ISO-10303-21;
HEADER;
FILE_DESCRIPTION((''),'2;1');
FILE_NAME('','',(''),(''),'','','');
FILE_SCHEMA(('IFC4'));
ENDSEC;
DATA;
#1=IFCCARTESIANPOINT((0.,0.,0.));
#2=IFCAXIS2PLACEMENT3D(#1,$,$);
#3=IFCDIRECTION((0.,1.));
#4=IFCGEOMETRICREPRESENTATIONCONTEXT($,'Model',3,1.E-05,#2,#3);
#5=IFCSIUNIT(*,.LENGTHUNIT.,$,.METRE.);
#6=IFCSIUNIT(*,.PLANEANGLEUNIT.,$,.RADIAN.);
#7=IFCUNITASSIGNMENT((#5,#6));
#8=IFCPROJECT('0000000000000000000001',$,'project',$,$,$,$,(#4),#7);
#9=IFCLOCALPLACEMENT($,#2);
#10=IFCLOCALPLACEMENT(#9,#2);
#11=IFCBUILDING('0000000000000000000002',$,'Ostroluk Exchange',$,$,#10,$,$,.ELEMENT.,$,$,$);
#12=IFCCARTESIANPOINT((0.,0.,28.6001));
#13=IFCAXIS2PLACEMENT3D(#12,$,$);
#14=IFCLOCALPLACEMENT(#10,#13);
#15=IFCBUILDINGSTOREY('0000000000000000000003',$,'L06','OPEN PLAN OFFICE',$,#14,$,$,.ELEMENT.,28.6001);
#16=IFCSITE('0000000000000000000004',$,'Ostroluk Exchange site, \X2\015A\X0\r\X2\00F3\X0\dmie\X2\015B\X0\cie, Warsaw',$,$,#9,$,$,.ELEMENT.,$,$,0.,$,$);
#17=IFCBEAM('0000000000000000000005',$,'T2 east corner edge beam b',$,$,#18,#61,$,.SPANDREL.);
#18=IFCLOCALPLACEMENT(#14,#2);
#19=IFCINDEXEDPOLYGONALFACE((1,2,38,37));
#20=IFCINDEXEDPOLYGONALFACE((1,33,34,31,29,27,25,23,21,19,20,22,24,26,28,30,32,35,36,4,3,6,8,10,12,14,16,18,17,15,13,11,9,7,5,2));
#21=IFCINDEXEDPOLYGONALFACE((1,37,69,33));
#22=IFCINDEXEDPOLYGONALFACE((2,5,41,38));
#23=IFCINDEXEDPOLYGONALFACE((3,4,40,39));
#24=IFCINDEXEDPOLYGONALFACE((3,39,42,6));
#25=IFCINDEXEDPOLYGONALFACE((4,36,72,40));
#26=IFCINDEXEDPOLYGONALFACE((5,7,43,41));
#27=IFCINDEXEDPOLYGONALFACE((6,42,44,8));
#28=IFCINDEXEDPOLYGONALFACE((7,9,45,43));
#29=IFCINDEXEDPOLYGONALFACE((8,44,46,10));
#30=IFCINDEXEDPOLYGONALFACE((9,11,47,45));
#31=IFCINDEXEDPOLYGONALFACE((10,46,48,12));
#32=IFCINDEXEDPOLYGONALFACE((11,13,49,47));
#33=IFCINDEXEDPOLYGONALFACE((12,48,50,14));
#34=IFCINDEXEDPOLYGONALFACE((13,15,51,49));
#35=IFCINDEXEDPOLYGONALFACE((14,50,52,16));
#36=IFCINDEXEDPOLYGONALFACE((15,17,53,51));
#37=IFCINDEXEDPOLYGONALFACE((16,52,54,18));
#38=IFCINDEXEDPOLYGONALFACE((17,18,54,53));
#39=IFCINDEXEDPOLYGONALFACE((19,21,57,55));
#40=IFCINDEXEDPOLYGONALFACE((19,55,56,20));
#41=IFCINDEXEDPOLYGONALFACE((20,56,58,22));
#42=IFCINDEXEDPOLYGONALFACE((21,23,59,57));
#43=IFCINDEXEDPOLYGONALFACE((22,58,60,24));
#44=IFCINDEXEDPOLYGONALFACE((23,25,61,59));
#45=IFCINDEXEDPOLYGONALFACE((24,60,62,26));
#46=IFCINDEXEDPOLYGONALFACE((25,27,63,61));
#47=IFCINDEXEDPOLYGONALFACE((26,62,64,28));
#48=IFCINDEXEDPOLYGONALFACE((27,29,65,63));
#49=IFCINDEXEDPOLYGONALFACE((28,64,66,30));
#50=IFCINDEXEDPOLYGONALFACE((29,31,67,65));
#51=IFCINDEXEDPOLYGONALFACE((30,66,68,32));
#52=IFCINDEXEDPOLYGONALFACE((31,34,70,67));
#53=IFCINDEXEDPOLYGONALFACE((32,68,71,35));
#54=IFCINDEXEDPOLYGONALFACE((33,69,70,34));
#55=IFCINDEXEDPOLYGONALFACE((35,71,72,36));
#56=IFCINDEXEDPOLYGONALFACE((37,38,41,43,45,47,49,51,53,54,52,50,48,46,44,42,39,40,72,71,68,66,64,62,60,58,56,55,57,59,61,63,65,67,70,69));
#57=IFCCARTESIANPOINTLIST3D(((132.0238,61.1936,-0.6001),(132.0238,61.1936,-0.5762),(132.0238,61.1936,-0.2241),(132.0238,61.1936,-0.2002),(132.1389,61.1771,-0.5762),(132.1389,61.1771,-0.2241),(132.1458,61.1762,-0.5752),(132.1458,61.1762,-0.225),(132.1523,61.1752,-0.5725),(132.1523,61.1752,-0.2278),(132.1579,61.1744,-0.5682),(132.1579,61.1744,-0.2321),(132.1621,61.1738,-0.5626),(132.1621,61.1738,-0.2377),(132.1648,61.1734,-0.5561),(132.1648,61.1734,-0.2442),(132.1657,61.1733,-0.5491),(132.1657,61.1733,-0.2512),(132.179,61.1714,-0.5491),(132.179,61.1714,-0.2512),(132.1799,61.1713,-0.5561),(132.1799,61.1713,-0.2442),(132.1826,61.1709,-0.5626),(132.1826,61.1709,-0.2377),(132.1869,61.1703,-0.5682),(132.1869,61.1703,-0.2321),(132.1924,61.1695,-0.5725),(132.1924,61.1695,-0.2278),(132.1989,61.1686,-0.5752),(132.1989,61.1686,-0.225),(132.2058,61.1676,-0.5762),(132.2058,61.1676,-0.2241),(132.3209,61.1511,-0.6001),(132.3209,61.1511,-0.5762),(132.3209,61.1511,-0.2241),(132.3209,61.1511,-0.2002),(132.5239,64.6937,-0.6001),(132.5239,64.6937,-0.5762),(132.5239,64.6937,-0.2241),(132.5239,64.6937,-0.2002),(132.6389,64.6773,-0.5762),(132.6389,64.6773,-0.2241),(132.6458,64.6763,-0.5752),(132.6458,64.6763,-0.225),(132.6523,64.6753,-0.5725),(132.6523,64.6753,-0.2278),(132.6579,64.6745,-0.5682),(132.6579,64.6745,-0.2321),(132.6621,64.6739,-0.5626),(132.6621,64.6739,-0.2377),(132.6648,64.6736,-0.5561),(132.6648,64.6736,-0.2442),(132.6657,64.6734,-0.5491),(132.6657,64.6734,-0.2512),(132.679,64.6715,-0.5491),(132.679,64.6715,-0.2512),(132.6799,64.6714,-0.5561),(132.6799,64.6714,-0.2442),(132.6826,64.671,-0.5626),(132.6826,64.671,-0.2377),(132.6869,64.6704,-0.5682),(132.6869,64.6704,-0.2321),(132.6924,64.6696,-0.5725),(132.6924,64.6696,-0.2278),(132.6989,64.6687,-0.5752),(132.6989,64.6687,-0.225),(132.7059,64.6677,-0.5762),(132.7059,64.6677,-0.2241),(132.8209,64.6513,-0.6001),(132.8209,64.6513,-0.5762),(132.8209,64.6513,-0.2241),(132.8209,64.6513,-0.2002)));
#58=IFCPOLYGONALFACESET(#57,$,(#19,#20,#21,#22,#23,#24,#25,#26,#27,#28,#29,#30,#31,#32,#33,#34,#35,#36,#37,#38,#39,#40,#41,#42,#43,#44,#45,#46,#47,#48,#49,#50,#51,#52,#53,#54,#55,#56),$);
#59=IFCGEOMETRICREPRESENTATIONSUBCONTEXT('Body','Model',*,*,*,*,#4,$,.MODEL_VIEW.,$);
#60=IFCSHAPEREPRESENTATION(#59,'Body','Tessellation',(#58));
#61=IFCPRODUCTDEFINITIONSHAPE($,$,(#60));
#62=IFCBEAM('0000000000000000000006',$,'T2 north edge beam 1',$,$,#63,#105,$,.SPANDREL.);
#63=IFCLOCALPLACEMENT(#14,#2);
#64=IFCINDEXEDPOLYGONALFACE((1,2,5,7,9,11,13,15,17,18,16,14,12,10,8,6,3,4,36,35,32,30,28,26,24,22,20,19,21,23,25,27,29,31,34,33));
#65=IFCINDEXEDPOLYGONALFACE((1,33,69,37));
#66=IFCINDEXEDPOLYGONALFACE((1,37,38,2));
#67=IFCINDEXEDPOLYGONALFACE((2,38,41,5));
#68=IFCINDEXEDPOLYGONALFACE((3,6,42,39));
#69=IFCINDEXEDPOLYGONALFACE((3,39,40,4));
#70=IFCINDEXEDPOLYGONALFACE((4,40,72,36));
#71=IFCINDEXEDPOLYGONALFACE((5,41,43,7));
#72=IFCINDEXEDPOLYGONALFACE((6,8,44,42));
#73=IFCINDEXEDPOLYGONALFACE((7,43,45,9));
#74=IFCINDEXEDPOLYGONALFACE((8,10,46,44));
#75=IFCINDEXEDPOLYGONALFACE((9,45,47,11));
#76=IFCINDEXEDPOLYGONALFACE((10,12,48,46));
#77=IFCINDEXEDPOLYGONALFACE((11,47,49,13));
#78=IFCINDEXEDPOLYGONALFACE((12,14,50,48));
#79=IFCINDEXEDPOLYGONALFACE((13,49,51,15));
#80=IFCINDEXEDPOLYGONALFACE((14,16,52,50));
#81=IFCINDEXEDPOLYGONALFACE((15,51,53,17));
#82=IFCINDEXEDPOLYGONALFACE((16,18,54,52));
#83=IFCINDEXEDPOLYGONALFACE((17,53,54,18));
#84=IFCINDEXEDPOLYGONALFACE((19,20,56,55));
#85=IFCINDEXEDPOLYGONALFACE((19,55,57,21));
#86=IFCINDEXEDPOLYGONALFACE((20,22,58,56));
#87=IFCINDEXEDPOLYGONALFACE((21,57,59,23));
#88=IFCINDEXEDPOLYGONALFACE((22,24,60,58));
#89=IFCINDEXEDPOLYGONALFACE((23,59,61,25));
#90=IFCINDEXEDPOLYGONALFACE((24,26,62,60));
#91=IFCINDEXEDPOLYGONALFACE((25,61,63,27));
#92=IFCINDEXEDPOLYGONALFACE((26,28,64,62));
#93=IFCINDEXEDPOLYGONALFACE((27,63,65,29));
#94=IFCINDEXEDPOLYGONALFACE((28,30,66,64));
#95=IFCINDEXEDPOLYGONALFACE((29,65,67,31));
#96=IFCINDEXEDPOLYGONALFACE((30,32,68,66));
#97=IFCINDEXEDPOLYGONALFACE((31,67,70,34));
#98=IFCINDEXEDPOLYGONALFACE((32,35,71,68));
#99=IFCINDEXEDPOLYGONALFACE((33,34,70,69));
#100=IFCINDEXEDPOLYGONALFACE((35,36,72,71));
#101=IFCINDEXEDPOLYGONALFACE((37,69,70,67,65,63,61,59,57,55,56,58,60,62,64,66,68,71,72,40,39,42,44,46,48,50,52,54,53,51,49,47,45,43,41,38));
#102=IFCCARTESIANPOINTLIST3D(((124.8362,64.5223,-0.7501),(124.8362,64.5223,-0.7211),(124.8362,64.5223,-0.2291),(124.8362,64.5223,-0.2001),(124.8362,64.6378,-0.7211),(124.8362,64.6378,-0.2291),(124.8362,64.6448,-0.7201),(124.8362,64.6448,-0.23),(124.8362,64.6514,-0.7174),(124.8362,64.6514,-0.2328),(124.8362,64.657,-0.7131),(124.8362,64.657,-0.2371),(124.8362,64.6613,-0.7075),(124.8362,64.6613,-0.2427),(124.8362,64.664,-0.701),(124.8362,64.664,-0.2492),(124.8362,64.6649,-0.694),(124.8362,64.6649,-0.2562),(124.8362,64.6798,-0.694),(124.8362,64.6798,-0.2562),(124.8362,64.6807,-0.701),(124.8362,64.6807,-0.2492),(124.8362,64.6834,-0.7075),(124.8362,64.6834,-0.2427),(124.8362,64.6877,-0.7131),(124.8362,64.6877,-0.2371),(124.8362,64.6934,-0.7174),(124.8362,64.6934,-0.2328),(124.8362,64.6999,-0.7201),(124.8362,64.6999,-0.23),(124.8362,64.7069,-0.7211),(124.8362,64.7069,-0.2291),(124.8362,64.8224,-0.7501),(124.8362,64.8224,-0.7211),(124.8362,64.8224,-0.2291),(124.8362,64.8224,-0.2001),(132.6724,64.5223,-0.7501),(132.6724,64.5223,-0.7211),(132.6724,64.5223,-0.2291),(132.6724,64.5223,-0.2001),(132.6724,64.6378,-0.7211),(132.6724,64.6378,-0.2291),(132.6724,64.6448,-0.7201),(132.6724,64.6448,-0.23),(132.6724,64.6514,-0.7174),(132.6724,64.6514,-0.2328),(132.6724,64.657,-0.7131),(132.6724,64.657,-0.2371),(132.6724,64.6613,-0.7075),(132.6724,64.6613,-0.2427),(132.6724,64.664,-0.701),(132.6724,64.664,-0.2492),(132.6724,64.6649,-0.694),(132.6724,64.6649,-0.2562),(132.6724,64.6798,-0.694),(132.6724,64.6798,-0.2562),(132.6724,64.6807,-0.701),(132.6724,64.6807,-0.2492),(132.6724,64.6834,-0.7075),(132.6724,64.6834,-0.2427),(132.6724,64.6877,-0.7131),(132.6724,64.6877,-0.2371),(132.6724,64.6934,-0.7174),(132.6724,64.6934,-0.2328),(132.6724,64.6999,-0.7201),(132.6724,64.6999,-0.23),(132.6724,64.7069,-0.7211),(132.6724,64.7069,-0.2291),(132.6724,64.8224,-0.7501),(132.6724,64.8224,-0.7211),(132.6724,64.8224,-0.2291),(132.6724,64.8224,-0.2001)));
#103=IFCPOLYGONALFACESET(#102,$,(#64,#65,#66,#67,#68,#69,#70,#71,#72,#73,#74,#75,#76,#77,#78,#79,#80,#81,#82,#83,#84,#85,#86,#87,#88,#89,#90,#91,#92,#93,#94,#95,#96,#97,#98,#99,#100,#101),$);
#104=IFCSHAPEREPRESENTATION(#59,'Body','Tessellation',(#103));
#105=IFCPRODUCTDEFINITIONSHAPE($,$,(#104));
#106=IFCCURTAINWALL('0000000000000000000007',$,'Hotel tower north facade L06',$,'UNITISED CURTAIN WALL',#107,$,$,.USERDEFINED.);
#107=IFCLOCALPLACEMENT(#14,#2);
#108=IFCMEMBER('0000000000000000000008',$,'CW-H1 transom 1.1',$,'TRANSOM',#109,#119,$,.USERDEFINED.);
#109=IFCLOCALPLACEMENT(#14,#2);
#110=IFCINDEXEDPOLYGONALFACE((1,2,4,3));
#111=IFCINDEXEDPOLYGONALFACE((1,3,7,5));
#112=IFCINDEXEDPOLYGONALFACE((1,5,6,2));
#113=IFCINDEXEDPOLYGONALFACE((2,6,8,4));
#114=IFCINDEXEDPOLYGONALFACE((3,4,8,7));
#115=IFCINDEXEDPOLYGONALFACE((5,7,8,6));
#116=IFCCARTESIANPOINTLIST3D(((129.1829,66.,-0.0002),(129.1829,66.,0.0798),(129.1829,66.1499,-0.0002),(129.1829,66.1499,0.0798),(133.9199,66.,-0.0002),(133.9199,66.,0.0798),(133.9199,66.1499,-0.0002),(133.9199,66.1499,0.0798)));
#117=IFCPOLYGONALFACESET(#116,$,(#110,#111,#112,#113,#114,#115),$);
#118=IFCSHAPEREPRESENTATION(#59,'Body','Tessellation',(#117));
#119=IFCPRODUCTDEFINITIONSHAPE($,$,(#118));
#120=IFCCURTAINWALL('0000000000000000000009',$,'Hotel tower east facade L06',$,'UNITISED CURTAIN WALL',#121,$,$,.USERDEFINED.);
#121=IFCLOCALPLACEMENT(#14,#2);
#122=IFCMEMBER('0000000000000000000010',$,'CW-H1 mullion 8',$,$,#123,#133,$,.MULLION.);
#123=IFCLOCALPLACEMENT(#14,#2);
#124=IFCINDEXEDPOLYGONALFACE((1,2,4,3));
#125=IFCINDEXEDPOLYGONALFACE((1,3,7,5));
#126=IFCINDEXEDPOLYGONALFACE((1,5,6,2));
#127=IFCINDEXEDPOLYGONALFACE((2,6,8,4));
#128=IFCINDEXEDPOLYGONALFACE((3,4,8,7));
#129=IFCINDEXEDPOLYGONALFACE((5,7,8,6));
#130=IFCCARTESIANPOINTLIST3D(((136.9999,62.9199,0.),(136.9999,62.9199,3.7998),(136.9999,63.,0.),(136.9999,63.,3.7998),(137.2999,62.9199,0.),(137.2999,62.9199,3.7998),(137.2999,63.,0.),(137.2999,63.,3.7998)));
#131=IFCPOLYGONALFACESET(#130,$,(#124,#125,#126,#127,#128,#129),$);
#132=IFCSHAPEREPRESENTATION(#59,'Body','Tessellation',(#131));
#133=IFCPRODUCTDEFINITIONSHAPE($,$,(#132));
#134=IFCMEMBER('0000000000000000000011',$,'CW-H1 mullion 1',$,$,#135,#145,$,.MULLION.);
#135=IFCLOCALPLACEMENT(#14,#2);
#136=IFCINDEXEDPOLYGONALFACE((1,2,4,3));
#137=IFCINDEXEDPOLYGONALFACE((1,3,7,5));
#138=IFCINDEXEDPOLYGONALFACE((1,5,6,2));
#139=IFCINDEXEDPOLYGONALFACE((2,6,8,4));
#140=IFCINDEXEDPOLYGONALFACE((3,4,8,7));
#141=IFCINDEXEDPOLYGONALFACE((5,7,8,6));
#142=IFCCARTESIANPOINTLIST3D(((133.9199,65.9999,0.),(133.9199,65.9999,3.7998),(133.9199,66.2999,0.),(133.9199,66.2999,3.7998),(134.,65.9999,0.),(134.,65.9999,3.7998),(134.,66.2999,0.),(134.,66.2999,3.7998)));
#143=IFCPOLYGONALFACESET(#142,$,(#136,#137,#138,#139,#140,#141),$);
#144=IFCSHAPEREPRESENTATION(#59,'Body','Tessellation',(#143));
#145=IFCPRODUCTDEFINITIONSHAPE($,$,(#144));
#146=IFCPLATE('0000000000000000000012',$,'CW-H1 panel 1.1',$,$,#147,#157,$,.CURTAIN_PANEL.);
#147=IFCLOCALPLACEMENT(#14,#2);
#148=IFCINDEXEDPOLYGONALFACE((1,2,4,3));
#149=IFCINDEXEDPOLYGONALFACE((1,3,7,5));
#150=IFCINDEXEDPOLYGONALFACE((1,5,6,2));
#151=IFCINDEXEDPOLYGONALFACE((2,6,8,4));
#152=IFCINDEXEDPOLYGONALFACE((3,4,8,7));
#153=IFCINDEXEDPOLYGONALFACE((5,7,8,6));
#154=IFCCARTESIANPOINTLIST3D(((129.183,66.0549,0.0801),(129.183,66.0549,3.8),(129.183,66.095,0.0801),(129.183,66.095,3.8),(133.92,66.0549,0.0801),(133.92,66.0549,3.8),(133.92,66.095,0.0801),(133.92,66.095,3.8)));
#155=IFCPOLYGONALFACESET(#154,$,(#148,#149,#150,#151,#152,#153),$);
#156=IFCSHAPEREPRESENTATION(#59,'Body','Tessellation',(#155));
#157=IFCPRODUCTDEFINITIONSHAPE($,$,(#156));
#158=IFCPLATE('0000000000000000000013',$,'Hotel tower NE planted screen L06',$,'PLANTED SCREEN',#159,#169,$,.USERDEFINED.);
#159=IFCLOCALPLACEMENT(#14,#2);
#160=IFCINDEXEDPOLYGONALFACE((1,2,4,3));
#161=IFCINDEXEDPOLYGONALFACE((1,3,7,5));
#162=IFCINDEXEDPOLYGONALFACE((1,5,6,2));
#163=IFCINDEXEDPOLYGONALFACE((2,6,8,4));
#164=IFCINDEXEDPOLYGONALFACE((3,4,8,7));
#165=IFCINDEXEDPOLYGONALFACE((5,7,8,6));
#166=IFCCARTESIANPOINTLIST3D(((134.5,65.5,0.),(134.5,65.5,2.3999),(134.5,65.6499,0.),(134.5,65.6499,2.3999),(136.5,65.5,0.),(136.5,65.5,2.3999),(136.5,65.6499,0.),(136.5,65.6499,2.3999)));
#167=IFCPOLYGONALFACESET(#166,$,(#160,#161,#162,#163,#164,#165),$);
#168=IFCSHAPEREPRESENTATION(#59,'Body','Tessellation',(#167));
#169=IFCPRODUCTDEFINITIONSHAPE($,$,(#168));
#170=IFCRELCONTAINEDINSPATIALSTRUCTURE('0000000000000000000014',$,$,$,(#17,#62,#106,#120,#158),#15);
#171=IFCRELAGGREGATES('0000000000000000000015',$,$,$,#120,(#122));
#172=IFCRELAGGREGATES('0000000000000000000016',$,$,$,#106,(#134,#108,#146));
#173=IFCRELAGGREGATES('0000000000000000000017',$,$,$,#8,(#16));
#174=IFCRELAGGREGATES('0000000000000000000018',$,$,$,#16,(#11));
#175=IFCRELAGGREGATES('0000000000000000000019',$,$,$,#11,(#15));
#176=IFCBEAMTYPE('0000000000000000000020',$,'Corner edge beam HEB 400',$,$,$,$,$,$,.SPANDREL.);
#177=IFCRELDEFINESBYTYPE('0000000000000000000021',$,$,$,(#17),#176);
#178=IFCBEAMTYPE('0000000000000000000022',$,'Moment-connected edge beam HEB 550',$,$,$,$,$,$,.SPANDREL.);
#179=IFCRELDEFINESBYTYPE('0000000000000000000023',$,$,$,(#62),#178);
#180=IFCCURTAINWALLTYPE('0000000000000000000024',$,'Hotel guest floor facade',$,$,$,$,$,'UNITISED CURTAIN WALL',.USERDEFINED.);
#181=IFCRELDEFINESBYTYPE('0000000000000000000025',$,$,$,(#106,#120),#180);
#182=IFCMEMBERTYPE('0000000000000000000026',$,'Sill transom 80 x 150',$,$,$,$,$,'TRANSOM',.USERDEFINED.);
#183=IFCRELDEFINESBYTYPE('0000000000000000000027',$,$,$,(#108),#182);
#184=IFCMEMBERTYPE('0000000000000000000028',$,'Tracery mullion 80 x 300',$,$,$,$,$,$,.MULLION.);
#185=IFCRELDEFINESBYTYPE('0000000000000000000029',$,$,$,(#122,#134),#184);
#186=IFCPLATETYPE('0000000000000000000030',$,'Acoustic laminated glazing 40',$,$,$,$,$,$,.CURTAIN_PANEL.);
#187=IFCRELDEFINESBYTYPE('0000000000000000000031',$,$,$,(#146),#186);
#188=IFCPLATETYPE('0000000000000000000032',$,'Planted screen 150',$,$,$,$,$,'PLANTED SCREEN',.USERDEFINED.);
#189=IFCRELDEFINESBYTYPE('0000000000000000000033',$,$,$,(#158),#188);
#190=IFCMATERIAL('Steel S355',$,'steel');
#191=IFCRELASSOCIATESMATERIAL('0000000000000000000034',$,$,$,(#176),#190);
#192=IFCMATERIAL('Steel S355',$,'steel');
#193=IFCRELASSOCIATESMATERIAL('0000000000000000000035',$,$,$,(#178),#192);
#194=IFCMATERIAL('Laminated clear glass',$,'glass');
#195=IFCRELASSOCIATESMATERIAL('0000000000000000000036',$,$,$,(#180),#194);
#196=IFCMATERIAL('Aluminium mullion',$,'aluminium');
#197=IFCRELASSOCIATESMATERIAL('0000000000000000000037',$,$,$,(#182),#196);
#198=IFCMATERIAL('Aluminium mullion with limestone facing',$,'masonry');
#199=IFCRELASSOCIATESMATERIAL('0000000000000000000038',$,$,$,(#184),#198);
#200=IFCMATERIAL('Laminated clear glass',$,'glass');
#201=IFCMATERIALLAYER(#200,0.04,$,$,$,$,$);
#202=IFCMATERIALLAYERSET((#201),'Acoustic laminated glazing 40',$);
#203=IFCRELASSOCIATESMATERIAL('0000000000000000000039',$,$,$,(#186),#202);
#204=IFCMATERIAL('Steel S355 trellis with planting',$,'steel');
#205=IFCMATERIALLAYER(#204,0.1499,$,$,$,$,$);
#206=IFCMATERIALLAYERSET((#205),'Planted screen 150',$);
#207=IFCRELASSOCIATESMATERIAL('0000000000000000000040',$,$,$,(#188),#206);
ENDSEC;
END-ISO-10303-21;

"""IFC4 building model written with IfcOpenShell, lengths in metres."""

from ifc_helpers import new_model, si_unit, direction, frame, origin, origin_2d, place, context, subcontext, project, spatial, rectangle, i_section, extrude, material, layer, layer_set, material_profile, profile_set, type_object, element, aggregate, save


model = new_model("IFC4")

# Units and contexts
model_context = context("Model", 3, precision=1e-05, world=origin(), true_north=direction((0.0, 1.0)))
body_context = subcontext(model_context, "Body", "Model", "MODEL_VIEW")
ifc_project = project(units=[si_unit("LENGTHUNIT", "METRE"), si_unit("PLANEANGLEUNIT", "RADIAN")], contexts=[model_context])

# Site, building, storey
site_placement = place(None, origin())
site = spatial("IfcSite", under=ifc_project, at=site_placement, Name="Ostroluk Exchange site, Śródmieście, Warsaw", CompositionType="ELEMENT", RefElevation=0.0)
building_placement = place(site_placement, origin())
building = spatial("IfcBuilding", under=site, at=building_placement, Name="Ostroluk Exchange", CompositionType="ELEMENT")
storey_placement = place(building_placement, frame((0.0, 0.0, 28.6001)))
storey = spatial("IfcBuildingStorey", under=building, at=storey_placement, Name="L06", Description="OPEN PLAN OFFICE", CompositionType="ELEMENT", Elevation=28.6001)

# Beams
ifc_material_1 = material(Name="Steel S355", Category="steel")
ifc_material_profile_1 = material_profile(ifc_material_1, i_section(OverallWidth=0.3, OverallDepth=0.3999, WebThickness=0.0134, FlangeThickness=0.0239, FilletRadius=0.0271, at=origin_2d()), Name="HEB 400")
ifc_profile_set_1 = profile_set([ifc_material_profile_1], Name="Steel S355")
beam_type_1 = type_object("IfcBeamType", Name="Corner edge beam HEB 400", PredefinedType="SPANDREL", material=ifc_profile_set_1)
for number, where, z_axis, x_axis, name in (
    (1, (132.1724, 61.1724, -0.4001), (0.141421, 0.989949, 0.0), (-0.989949, 0.141421, 0.0), "T2 east corner edge beam b"),
):
    element("IfcBeam", number, at=place(storey_placement, frame(where, z_axis=z_axis, x_axis=x_axis)), inside=storey, type_object=beam_type_1, Name=name, PredefinedType="SPANDREL", context=body_context, shape_type="SweptSolid", body=[
        extrude(i_section(OverallWidth=0.3, OverallDepth=0.3999, WebThickness=0.0134, FlangeThickness=0.0239, FilletRadius=0.0271, at=origin_2d()), origin(), (0.0, 0.0, 1.0), 3.5356),
    ])
ifc_material_2 = material(Name="Steel S355", Category="steel")
ifc_material_profile_2 = material_profile(ifc_material_2, i_section(OverallWidth=0.3, OverallDepth=0.55, WebThickness=0.0149, FlangeThickness=0.0291, FilletRadius=0.0271, at=origin_2d()), Name="HEB 550")
ifc_profile_set_2 = profile_set([ifc_material_profile_2], Name="Steel S355")
beam_type_2 = type_object("IfcBeamType", Name="Moment-connected edge beam HEB 550", PredefinedType="SPANDREL", material=ifc_profile_set_2)
beam_1_placement = place(storey_placement, frame((132.6724, 64.6724, -0.4751), z_axis=(-1.0, 0.0, 0.0), x_axis=(0.0, -1.0, 0.0)))
element("IfcBeam", 2, at=beam_1_placement, inside=storey, type_object=beam_type_2, Name="T2 north edge beam 1", PredefinedType="SPANDREL", context=body_context, shape_type="SweptSolid", body=[
    extrude(i_section(OverallWidth=0.3, OverallDepth=0.55, WebThickness=0.0149, FlangeThickness=0.0291, FilletRadius=0.0271, at=origin_2d()), origin(), (0.0, 0.0, 1.0), 7.8362),
])

# Curtain walls, members
ifc_material_3 = material(Name="Laminated clear glass", Category="glass")
curtain_wall_type = type_object("IfcCurtainWallType", Name="Hotel guest floor facade", ElementType="UNITISED CURTAIN WALL", PredefinedType="USERDEFINED", material=ifc_material_3)
curtain_wall_1_placement = place(storey_placement, origin())
curtain_wall_1 = element("IfcCurtainWall", 3, at=curtain_wall_1_placement, inside=storey, type_object=curtain_wall_type, Name="Hotel tower north facade L06", ObjectType="UNITISED CURTAIN WALL", PredefinedType="USERDEFINED")
ifc_material_4 = material(Name="Aluminium mullion", Category="aluminium")
ifc_material_profile_3 = material_profile(ifc_material_4, rectangle(XDim=0.1499, YDim=0.0801, at=origin_2d()), Name="Sill transom 80 x 150")
ifc_profile_set_3 = profile_set([ifc_material_profile_3], Name="Aluminium mullion")
member_type_1 = type_object("IfcMemberType", Name="Sill transom 80 x 150", ElementType="TRANSOM", PredefinedType="USERDEFINED", material=ifc_profile_set_3)
member_1_placement = place(storey_placement, frame((133.9199, 66.075, 0.0398), z_axis=(-1.0, 0.0, 0.0), x_axis=(0.0, -1.0, 0.0)))
member_1 = element("IfcMember", 4, at=member_1_placement, type_object=member_type_1, Name="CW-H1 transom 1.1", ObjectType="TRANSOM", PredefinedType="USERDEFINED", context=body_context, shape_type="SweptSolid", body=[
    extrude(rectangle(XDim=0.1499, YDim=0.0801, at=origin_2d()), origin(), (0.0, 0.0, 1.0), 4.7371),
])
curtain_wall_2_placement = place(storey_placement, origin())
curtain_wall_2 = element("IfcCurtainWall", 5, at=curtain_wall_2_placement, inside=storey, type_object=curtain_wall_type, Name="Hotel tower east facade L06", ObjectType="UNITISED CURTAIN WALL", PredefinedType="USERDEFINED")
ifc_material_5 = material(Name="Aluminium mullion with limestone facing", Category="masonry")
ifc_material_profile_4 = material_profile(ifc_material_5, rectangle(XDim=0.3, YDim=0.0801, at=origin_2d()), Name="Tracery mullion 80 x 300")
ifc_profile_set_4 = profile_set([ifc_material_profile_4], Name="Aluminium mullion with limestone facing")
member_type_2 = type_object("IfcMemberType", Name="Tracery mullion 80 x 300", PredefinedType="MULLION", material=ifc_profile_set_4)
member_2_placement = place(storey_placement, frame((137.1499, 62.96, 0.0), z_axis=(0.0, 0.0, 1.0), x_axis=(-1.0, 0.0, 0.0)))
member_2 = element("IfcMember", 6, at=member_2_placement, type_object=member_type_2, Name="CW-H1 mullion 8", PredefinedType="MULLION", context=body_context, shape_type="SweptSolid", body=[
    extrude(rectangle(XDim=0.3, YDim=0.0801, at=origin_2d()), origin(), (0.0, 0.0, 1.0), 3.7998),
])
aggregate(curtain_wall_2, [member_2])

# Member
member_3_placement = place(storey_placement, frame((133.96, 66.1499, 0.0), z_axis=(0.0, 0.0, 1.0), x_axis=(0.0, -1.0, 0.0)))
member_3 = element("IfcMember", 7, at=member_3_placement, type_object=member_type_2, Name="CW-H1 mullion 1", PredefinedType="MULLION", context=body_context, shape_type="SweptSolid", body=[
    extrude(rectangle(XDim=0.3, YDim=0.0801, at=origin_2d()), origin(), (0.0, 0.0, 1.0), 3.7998),
])

# Plates
ifc_material_6 = material(Name="Laminated clear glass", Category="glass")
ifc_layer_1 = layer(ifc_material_6, 0.04)
ifc_layer_set_1 = layer_set([ifc_layer_1], Name="Acoustic laminated glazing 40")
plate_type_1 = type_object("IfcPlateType", Name="Acoustic laminated glazing 40", PredefinedType="CURTAIN_PANEL", material=ifc_layer_set_1)
plate_1_placement = place(storey_placement, frame((131.5515, 66.075, 0.0801), z_axis=(0.0, 0.0, 1.0), x_axis=(-1.0, 0.0, 0.0)))
plate_1 = element("IfcPlate", 8, at=plate_1_placement, type_object=plate_type_1, Name="CW-H1 panel 1.1", PredefinedType="CURTAIN_PANEL", context=body_context, shape_type="SweptSolid", body=[
    extrude(rectangle(XDim=4.7371, YDim=0.04, at=origin_2d()), origin(), (0.0, 0.0, 1.0), 3.72),
])
aggregate(curtain_wall_1, [member_3, member_1, plate_1])
ifc_material_7 = material(Name="Steel S355 trellis with planting", Category="steel")
ifc_layer_2 = layer(ifc_material_7, 0.1499)
ifc_layer_set_2 = layer_set([ifc_layer_2], Name="Planted screen 150")
plate_type_2 = type_object("IfcPlateType", Name="Planted screen 150", ElementType="PLANTED SCREEN", PredefinedType="USERDEFINED", material=ifc_layer_set_2)
plate_2_placement = place(storey_placement, frame((135.5, 65.575, 0.0), z_axis=(0.0, 0.0, 1.0), x_axis=(1.0, 0.0, 0.0)))
element("IfcPlate", 9, at=plate_2_placement, inside=storey, type_object=plate_type_2, Name="Hotel tower NE planted screen L06", ObjectType="PLANTED SCREEN", PredefinedType="USERDEFINED", context=body_context, shape_type="SweptSolid", body=[
    extrude(rectangle(XDim=2.0, YDim=0.1499, at=origin_2d()), origin(), (0.0, 0.0, 1.0), 2.3999),
])

save(model, "model.ifc")
